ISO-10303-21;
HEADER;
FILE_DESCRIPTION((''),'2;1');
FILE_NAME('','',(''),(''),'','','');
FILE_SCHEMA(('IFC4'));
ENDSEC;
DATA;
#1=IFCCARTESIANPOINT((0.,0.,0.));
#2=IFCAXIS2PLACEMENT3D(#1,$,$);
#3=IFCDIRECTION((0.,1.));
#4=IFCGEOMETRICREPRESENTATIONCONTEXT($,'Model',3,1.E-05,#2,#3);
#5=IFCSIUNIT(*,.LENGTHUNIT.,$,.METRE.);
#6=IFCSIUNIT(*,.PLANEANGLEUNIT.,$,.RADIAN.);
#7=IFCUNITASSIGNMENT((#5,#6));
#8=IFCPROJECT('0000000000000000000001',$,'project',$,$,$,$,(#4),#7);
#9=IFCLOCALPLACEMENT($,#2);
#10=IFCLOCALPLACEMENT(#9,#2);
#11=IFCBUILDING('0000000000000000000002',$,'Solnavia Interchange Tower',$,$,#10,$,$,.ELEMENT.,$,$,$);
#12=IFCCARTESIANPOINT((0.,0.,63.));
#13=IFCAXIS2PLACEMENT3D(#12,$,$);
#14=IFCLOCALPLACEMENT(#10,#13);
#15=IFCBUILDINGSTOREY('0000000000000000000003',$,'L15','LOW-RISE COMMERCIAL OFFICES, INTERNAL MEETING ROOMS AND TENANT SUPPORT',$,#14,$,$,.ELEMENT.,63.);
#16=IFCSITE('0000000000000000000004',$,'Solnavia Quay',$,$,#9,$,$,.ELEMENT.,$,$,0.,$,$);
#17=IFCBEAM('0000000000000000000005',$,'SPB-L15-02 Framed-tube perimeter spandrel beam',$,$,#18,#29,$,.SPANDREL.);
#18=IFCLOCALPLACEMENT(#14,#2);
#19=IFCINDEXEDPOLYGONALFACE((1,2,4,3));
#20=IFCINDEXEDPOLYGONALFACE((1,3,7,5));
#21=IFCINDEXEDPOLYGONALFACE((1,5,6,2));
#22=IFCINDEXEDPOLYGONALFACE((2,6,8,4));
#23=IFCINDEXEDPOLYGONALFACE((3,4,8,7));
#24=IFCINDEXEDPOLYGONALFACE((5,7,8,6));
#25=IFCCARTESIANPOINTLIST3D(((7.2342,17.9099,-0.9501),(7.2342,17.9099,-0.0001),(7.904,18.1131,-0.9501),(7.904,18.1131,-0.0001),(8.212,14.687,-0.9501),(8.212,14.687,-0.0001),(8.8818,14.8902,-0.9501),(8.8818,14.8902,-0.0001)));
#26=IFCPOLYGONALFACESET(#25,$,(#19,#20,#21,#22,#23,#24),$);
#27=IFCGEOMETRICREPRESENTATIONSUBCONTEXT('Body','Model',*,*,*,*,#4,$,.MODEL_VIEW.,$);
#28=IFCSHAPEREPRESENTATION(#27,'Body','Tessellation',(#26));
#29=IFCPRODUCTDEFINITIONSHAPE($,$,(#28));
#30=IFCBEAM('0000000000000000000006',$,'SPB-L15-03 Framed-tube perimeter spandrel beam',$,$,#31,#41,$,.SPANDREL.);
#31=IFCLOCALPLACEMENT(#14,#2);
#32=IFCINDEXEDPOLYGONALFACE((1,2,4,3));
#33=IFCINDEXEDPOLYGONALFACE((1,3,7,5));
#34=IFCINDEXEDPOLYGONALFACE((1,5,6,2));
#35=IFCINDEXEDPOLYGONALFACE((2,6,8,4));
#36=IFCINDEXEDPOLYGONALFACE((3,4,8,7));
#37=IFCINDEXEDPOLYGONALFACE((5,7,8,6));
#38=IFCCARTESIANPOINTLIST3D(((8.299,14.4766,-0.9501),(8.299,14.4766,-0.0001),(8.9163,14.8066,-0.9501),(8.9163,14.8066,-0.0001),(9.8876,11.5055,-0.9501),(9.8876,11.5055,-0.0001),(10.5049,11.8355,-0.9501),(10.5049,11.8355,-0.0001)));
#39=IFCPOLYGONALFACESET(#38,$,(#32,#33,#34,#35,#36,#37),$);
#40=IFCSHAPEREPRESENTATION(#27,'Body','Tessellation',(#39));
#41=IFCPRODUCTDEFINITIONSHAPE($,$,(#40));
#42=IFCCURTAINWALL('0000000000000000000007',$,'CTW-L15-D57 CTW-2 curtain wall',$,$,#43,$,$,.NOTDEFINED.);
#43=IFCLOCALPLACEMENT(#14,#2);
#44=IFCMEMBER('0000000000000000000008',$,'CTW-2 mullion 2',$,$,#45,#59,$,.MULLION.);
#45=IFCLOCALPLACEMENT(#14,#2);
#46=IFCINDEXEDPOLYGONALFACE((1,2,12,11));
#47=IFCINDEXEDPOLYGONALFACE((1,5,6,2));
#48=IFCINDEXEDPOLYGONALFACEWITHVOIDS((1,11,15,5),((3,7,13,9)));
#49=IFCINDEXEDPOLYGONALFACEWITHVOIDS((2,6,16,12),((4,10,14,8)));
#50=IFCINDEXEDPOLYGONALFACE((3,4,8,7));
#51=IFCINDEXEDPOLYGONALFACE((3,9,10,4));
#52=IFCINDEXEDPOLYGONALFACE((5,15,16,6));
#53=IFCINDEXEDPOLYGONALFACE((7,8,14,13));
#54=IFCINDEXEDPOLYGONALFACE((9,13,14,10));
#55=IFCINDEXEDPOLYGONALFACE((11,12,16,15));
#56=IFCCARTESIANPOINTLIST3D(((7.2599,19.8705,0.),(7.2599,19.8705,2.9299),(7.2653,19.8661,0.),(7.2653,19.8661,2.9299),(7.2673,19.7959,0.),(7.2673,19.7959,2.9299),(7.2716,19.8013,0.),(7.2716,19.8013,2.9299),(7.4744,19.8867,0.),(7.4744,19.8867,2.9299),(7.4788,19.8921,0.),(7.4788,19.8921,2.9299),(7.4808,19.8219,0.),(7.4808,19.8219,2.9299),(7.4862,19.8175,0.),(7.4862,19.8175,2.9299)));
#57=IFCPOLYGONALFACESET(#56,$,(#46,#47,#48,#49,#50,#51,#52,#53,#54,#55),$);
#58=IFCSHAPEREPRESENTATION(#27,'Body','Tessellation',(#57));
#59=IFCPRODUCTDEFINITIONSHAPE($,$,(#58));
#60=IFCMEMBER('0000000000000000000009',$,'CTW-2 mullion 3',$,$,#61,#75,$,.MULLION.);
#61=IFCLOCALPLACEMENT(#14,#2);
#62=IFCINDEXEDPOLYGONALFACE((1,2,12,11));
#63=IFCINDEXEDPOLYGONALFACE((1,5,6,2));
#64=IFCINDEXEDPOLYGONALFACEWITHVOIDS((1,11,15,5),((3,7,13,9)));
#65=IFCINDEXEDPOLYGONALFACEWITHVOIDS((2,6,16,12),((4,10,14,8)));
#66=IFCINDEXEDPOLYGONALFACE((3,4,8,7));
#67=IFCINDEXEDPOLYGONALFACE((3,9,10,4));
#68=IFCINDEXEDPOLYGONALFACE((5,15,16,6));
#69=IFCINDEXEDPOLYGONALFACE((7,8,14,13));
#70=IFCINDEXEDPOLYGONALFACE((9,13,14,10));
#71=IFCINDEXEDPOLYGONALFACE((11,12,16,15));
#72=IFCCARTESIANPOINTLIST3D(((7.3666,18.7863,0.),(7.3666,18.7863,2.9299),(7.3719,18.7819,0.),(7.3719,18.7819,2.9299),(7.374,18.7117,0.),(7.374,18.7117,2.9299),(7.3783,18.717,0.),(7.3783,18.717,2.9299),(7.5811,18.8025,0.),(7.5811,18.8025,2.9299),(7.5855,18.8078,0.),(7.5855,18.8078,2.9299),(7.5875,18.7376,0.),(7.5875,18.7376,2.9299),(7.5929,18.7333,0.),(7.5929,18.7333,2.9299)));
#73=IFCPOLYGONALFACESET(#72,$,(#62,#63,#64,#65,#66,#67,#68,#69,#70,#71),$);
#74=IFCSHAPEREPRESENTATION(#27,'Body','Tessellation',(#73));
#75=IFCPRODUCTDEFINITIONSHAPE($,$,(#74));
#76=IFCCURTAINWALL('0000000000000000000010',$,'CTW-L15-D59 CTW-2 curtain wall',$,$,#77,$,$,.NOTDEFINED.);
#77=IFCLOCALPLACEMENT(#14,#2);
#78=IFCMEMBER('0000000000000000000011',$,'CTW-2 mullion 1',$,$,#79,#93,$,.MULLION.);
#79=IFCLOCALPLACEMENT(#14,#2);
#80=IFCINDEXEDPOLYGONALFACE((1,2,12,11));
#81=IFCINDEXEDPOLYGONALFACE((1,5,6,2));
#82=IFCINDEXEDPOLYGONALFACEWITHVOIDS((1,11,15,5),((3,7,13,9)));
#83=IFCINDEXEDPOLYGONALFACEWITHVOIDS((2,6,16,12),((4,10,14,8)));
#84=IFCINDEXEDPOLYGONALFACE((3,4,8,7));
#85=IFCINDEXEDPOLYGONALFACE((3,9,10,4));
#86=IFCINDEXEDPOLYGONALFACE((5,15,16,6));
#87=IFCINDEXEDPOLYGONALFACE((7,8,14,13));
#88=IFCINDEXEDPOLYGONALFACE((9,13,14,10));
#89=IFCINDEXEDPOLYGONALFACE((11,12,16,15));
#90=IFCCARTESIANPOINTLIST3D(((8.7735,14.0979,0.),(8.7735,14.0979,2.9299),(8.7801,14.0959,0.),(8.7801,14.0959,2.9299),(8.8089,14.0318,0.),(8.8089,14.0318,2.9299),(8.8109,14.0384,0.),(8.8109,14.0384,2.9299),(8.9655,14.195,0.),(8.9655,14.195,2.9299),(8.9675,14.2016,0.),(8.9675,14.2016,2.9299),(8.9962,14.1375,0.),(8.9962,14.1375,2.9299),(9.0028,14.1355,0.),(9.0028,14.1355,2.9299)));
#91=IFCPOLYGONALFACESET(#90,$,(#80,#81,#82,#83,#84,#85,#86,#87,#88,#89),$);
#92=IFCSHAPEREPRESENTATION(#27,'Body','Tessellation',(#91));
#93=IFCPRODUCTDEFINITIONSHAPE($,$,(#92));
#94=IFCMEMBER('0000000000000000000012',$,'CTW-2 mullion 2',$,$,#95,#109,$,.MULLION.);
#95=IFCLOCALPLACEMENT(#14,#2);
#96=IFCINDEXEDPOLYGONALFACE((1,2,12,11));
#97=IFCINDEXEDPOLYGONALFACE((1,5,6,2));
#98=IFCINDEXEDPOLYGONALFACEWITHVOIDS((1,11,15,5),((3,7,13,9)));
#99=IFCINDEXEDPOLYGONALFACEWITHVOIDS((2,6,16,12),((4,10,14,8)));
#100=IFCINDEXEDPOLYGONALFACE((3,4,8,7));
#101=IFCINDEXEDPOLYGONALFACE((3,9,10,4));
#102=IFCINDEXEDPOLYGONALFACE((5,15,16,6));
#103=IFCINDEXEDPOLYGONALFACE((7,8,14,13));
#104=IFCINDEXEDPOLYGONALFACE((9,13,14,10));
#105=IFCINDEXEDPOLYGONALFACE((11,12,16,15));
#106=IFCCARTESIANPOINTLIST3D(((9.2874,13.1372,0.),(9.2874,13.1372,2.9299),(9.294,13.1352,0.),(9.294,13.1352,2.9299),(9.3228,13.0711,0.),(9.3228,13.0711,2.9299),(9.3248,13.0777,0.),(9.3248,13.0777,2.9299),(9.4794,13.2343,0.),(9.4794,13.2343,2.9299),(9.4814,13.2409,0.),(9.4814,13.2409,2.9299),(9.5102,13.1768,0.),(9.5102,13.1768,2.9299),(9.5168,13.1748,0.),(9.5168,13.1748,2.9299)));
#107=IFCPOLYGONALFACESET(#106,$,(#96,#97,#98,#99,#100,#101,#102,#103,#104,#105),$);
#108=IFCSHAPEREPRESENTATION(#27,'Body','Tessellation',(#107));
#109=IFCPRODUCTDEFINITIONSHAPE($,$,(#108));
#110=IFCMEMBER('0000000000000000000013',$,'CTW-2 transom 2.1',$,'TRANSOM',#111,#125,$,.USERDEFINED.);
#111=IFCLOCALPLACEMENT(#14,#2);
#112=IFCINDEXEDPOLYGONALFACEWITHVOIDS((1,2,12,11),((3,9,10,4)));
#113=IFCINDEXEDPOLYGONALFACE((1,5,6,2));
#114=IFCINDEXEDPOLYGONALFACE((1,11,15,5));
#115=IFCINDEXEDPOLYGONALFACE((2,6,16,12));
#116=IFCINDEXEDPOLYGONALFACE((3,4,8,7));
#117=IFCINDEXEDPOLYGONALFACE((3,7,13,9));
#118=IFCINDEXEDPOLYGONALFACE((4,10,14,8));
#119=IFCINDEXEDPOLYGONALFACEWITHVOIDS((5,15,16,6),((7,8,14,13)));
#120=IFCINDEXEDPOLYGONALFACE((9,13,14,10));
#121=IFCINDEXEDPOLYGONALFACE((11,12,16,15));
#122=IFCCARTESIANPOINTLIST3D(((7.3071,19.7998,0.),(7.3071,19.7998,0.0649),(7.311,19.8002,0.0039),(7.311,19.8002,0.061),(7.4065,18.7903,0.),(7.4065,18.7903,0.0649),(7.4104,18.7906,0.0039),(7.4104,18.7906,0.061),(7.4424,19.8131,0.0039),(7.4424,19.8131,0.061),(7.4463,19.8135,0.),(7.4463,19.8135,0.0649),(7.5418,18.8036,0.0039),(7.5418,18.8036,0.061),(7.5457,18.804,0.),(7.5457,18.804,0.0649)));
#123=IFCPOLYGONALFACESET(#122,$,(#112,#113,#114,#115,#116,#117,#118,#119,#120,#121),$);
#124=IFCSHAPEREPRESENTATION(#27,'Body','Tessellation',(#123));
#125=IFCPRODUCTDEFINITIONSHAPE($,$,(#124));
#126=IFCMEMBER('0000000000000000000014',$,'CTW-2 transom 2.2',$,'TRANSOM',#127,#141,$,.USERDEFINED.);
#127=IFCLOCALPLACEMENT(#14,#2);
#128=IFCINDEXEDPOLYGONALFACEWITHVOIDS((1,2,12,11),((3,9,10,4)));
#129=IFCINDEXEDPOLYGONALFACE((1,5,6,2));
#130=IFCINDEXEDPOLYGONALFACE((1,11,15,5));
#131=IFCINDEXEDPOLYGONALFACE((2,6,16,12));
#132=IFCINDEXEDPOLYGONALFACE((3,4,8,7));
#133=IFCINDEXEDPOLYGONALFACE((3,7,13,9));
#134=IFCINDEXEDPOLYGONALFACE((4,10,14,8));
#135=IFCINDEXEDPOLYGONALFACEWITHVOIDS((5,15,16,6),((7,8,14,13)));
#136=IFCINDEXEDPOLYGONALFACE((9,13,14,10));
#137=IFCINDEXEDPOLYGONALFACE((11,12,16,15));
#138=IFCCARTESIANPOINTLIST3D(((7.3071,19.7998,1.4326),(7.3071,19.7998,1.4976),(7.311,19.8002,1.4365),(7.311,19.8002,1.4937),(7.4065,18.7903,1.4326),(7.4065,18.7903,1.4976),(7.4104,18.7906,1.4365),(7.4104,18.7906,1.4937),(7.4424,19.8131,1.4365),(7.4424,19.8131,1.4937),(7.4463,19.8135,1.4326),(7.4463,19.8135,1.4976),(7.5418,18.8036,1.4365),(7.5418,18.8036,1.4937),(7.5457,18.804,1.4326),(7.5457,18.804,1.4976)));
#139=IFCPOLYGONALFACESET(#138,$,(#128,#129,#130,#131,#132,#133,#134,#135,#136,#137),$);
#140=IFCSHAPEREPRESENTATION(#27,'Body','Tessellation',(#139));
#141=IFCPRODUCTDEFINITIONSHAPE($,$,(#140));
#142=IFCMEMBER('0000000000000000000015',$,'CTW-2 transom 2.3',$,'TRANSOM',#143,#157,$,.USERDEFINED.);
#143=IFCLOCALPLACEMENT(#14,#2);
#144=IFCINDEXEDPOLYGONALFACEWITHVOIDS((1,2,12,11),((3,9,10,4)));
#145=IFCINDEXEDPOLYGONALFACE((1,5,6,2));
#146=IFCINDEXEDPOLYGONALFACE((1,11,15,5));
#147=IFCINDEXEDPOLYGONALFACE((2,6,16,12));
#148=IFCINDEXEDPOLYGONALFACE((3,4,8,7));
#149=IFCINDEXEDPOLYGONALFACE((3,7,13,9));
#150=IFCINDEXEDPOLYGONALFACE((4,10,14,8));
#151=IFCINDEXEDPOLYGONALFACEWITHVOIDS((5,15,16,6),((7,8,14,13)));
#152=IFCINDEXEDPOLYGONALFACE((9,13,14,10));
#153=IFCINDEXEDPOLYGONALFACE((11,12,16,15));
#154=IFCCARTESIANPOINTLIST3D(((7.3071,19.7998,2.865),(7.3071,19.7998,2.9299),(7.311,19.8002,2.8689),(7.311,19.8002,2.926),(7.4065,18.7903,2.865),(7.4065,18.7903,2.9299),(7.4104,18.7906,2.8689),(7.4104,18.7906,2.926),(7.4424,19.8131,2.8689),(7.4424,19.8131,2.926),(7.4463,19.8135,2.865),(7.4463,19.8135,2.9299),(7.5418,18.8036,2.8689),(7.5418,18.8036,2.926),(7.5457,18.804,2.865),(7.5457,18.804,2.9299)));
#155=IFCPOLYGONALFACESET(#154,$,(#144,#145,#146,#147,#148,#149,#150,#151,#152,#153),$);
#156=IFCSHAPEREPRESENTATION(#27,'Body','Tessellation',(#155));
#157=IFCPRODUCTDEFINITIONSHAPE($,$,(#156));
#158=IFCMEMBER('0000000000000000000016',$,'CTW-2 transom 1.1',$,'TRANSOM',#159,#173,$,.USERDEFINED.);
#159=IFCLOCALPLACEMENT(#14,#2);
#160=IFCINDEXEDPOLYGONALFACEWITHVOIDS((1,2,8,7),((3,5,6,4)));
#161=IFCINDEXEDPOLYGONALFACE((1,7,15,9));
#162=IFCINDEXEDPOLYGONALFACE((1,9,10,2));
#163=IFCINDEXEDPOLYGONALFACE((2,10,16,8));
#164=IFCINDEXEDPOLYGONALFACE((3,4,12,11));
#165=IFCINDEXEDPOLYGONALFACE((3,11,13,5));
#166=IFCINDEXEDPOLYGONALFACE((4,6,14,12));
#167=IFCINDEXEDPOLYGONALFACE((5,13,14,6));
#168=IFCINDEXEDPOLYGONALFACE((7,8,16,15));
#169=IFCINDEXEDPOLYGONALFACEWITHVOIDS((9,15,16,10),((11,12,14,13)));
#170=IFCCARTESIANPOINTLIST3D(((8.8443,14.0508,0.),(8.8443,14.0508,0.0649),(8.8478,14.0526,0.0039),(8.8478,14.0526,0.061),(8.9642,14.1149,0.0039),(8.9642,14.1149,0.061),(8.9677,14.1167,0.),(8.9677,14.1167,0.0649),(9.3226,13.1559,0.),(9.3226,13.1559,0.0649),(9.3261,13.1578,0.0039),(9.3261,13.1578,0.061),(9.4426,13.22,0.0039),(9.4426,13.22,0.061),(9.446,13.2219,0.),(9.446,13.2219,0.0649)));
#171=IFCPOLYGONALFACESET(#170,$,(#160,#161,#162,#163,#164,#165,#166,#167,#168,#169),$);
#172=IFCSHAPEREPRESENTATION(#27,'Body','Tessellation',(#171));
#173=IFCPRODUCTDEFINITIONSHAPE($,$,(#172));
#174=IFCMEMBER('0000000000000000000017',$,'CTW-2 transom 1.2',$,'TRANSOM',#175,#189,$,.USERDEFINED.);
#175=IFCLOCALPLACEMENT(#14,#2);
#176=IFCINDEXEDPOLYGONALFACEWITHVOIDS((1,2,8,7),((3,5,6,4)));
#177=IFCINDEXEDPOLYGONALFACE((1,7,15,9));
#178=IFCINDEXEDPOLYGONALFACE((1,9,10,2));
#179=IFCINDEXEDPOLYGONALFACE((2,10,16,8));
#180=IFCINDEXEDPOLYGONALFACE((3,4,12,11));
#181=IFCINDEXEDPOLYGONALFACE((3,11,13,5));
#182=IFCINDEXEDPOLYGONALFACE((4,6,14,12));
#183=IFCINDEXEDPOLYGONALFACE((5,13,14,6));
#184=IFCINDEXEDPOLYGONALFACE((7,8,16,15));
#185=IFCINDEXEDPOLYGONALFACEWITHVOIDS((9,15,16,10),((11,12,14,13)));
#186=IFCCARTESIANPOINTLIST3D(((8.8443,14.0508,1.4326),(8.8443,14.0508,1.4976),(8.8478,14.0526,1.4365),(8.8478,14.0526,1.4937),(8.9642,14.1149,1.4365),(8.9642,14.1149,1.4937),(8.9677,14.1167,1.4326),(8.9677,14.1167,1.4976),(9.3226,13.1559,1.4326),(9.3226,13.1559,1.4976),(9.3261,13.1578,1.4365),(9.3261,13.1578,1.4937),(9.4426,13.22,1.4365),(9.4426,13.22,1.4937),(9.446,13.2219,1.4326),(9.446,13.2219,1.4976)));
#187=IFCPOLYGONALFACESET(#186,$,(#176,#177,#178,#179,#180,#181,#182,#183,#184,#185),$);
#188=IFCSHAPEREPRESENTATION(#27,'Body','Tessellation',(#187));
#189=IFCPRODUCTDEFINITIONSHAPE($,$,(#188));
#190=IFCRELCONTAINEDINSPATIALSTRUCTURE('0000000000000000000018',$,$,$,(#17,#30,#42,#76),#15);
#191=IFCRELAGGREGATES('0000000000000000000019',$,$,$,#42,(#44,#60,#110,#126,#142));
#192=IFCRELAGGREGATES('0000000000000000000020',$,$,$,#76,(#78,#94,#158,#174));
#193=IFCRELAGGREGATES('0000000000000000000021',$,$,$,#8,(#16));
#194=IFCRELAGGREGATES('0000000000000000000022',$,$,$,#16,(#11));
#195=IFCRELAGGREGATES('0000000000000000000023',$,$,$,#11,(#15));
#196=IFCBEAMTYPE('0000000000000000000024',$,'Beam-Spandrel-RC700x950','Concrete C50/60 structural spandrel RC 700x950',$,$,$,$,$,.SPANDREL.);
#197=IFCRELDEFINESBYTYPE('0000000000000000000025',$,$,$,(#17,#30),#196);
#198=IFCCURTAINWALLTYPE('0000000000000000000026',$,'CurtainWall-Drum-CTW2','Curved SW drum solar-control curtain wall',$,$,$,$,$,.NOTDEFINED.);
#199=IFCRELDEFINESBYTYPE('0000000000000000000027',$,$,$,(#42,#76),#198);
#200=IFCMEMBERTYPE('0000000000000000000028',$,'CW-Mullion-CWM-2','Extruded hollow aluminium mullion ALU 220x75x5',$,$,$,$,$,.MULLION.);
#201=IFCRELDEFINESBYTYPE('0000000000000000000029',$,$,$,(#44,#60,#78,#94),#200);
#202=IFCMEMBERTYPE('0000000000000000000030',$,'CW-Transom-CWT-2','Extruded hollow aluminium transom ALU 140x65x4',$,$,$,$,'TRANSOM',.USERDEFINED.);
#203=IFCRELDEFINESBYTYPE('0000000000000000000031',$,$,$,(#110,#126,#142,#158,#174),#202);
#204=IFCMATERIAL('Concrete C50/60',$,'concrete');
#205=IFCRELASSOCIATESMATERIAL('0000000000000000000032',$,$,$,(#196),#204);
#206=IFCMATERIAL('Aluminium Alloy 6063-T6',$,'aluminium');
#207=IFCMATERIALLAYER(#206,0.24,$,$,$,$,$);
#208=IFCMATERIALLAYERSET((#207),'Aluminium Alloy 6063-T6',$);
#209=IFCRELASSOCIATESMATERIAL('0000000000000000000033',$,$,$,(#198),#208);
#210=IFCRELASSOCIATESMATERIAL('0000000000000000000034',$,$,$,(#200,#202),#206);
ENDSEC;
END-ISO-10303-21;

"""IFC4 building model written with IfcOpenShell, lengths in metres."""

from ifc_helpers import new_model, si_unit, direction, frame, origin, origin_2d, place, context, subcontext, project, spatial, rectangle, hollow_rectangle, extrude, material, layer, layer_set, material_profile, profile_set, type_object, element, aggregate, save


model = new_model("IFC4")

# Units and contexts
model_context = context("Model", 3, precision=1e-05, world=origin(), true_north=direction((0.0, 1.0)))
body_context = subcontext(model_context, "Body", "Model", "MODEL_VIEW")
ifc_project = project(units=[si_unit("LENGTHUNIT", "METRE"), si_unit("PLANEANGLEUNIT", "RADIAN")], contexts=[model_context])

# Site, building, storey
site_placement = place(None, origin())
site = spatial("IfcSite", under=ifc_project, at=site_placement, Name="Solnavia Quay", CompositionType="ELEMENT", RefElevation=0.0)
building_placement = place(site_placement, origin())
building = spatial("IfcBuilding", under=site, at=building_placement, Name="Solnavia Interchange Tower", CompositionType="ELEMENT")
storey_placement = place(building_placement, frame((0.0, 0.0, 63.0)))
storey = spatial("IfcBuildingStorey", under=building, at=storey_placement, Name="L15", Description="LOW-RISE COMMERCIAL OFFICES, INTERNAL MEETING ROOMS AND TENANT SUPPORT", CompositionType="ELEMENT", Elevation=63.0)

# Beams
ifc_material_1 = material(Name="Concrete C50/60", Category="concrete")
ifc_material_profile_1 = material_profile(ifc_material_1, rectangle(XDim=0.7, YDim=0.95, at=origin_2d()), Name="RC 700x950")
ifc_profile_set_1 = profile_set([ifc_material_profile_1], Name="Concrete C50/60")
beam_type_1 = type_object("IfcBeamType", Name="Beam-Spandrel-RC700x950", Description="Concrete C50/60 structural spandrel RC 700x950", PredefinedType="SPANDREL", material=ifc_profile_set_1)
beam_1_placement = place(storey_placement, frame((7.5691, 18.0115, -0.4751), z_axis=(0.290319, -0.95693, 0.0), x_axis=(0.95693, 0.290319, 0.0)))
element("IfcBeam", 1, at=beam_1_placement, inside=storey, type_object=beam_type_1, Name="SPB-L15-02 Framed-tube perimeter spandrel beam", PredefinedType="SPANDREL", context=body_context, shape_type="SweptSolid", body=[
    extrude(rectangle(XDim=0.7, YDim=0.95, at=origin_2d()), origin(), (0.0, 0.0, 1.0), 3.3679),
])
beam_2_placement = place(storey_placement, frame((8.6077, 14.6416, -0.4751), z_axis=(0.471509, -0.881861, 0.0), x_axis=(0.881861, 0.471509, 0.0)))
element("IfcBeam", 2, at=beam_2_placement, inside=storey, type_object=beam_type_1, Name="SPB-L15-03 Framed-tube perimeter spandrel beam", PredefinedType="SPANDREL", context=body_context, shape_type="SweptSolid", body=[
    extrude(rectangle(XDim=0.7, YDim=0.95, at=origin_2d()), origin(), (0.0, 0.0, 1.0), 3.3691),
])

# Curtain walls, members
ifc_material_2 = material(Name="Aluminium Alloy 6063-T6", Category="aluminium")
ifc_layer_1 = layer(ifc_material_2, 0.24)
ifc_layer_set_1 = layer_set([ifc_layer_1], Name="Aluminium Alloy 6063-T6")
curtain_wall_type = type_object("IfcCurtainWallType", Name="CurtainWall-Drum-CTW2", Description="Curved SW drum solar-control curtain wall", PredefinedType="NOTDEFINED", material=ifc_layer_set_1)
curtain_wall_1_placement = place(storey_placement, origin())
curtain_wall_1 = element("IfcCurtainWall", 3, at=curtain_wall_1_placement, inside=storey, type_object=curtain_wall_type, Name="CTW-L15-D57 CTW-2 curtain wall", PredefinedType="NOTDEFINED")
ifc_material_profile_2 = material_profile(ifc_material_2, hollow_rectangle(XDim=0.075, YDim=0.22, WallThickness=0.0049, at=origin_2d()), Name="ALU 220x75x5")
ifc_profile_set_2 = profile_set([ifc_material_profile_2], Name="Aluminium Alloy 6063-T6")
member_type_1 = type_object("IfcMemberType", Name="CW-Mullion-CWM-2", Description="Extruded hollow aluminium mullion ALU 220x75x5", PredefinedType="MULLION", material=ifc_profile_set_2)
member_1_placement = place(storey_placement, frame((7.373, 19.844, 0.0), z_axis=(0.0, 0.0, 1.0), x_axis=(0.098045, -0.995182, 0.0)))
member_1 = element("IfcMember", 4, at=member_1_placement, type_object=member_type_1, Name="CTW-2 mullion 2", PredefinedType="MULLION", context=body_context, shape_type="SweptSolid", body=[
    extrude(hollow_rectangle(XDim=0.075, YDim=0.22, WallThickness=0.0049, at=origin_2d()), origin(), (0.0, 0.0, 1.0), 2.9299),
])
member_2_placement = place(storey_placement, frame((7.4797, 18.7598, 0.0), z_axis=(0.0, 0.0, 1.0), x_axis=(0.098045, -0.995182, 0.0)))
member_2 = element("IfcMember", 5, at=member_2_placement, type_object=member_type_1, Name="CTW-2 mullion 3", PredefinedType="MULLION", context=body_context, shape_type="SweptSolid", body=[
    extrude(hollow_rectangle(XDim=0.075, YDim=0.22, WallThickness=0.0049, at=origin_2d()), origin(), (0.0, 0.0, 1.0), 2.9299),
])
curtain_wall_2_placement = place(storey_placement, origin())
curtain_wall_2 = element("IfcCurtainWall", 6, at=curtain_wall_2_placement, inside=storey, type_object=curtain_wall_type, Name="CTW-L15-D59 CTW-2 curtain wall", PredefinedType="NOTDEFINED")
member_3_placement = place(storey_placement, frame((8.8882, 14.1167, 0.0), z_axis=(0.0, 0.0, 1.0), x_axis=(0.471537, -0.881846, 0.0)))
member_3 = element("IfcMember", 7, at=member_3_placement, type_object=member_type_1, Name="CTW-2 mullion 1", PredefinedType="MULLION", context=body_context, shape_type="SweptSolid", body=[
    extrude(hollow_rectangle(XDim=0.075, YDim=0.22, WallThickness=0.0049, at=origin_2d()), origin(), (0.0, 0.0, 1.0), 2.9299),
])
member_4_placement = place(storey_placement, frame((9.4021, 13.156, 0.0), z_axis=(0.0, 0.0, 1.0), x_axis=(0.471537, -0.881846, 0.0)))
member_4 = element("IfcMember", 8, at=member_4_placement, type_object=member_type_1, Name="CTW-2 mullion 2", PredefinedType="MULLION", context=body_context, shape_type="SweptSolid", body=[
    extrude(hollow_rectangle(XDim=0.075, YDim=0.22, WallThickness=0.0049, at=origin_2d()), origin(), (0.0, 0.0, 1.0), 2.9299),
])

# Members
ifc_material_profile_3 = material_profile(ifc_material_2, hollow_rectangle(XDim=0.0649, YDim=0.1399, WallThickness=0.0039, at=origin_2d()), Name="ALU 140x65x4")
ifc_profile_set_3 = profile_set([ifc_material_profile_3], Name="Aluminium Alloy 6063-T6")
member_type_2 = type_object("IfcMemberType", Name="CW-Transom-CWT-2", Description="Extruded hollow aluminium transom ALU 140x65x4", ElementType="TRANSOM", PredefinedType="USERDEFINED", material=ifc_profile_set_3)
member_5_placement = place(storey_placement, frame((7.3767, 19.8066, 0.0325), z_axis=(0.097955, -0.995191, 0.0), x_axis=(0.0, 0.0, 1.0)))
member_5 = element("IfcMember", 9, at=member_5_placement, type_object=member_type_2, Name="CTW-2 transom 2.1", ObjectType="TRANSOM", PredefinedType="USERDEFINED", context=body_context, shape_type="SweptSolid", body=[
    extrude(hollow_rectangle(XDim=0.0649, YDim=0.1399, WallThickness=0.0039, at=origin_2d()), origin(), (0.0, 0.0, 1.0), 1.0144),
])
member_6_placement = place(storey_placement, frame((7.3767, 19.8066, 1.4651), z_axis=(0.097955, -0.995191, 0.0), x_axis=(0.0, 0.0, 1.0)))
member_6 = element("IfcMember", 10, at=member_6_placement, type_object=member_type_2, Name="CTW-2 transom 2.2", ObjectType="TRANSOM", PredefinedType="USERDEFINED", context=body_context, shape_type="SweptSolid", body=[
    extrude(hollow_rectangle(XDim=0.0649, YDim=0.1399, WallThickness=0.0039, at=origin_2d()), origin(), (0.0, 0.0, 1.0), 1.0144),
])
member_7_placement = place(storey_placement, frame((7.3767, 19.8066, 2.8975), z_axis=(0.097955, -0.995191, 0.0), x_axis=(0.0, 0.0, 1.0)))
member_7 = element("IfcMember", 11, at=member_7_placement, type_object=member_type_2, Name="CTW-2 transom 2.3", ObjectType="TRANSOM", PredefinedType="USERDEFINED", context=body_context, shape_type="SweptSolid", body=[
    extrude(hollow_rectangle(XDim=0.0649, YDim=0.1399, WallThickness=0.0039, at=origin_2d()), origin(), (0.0, 0.0, 1.0), 1.0144),
])
member_8_placement = place(storey_placement, frame((8.906, 14.0837, 0.0325), z_axis=(0.4714, -0.88192, 0.0), x_axis=(0.0, 0.0, 1.0)))
member_8 = element("IfcMember", 12, at=member_8_placement, type_object=member_type_2, Name="CTW-2 transom 1.1", ObjectType="TRANSOM", PredefinedType="USERDEFINED", context=body_context, shape_type="SweptSolid", body=[
    extrude(hollow_rectangle(XDim=0.0649, YDim=0.1399, WallThickness=0.0039, at=origin_2d()), origin(), (0.0, 0.0, 1.0), 1.0146),
])
member_9_placement = place(storey_placement, frame((8.906, 14.0837, 1.4651), z_axis=(0.4714, -0.88192, 0.0), x_axis=(0.0, 0.0, 1.0)))
member_9 = element("IfcMember", 13, at=member_9_placement, type_object=member_type_2, Name="CTW-2 transom 1.2", ObjectType="TRANSOM", PredefinedType="USERDEFINED", context=body_context, shape_type="SweptSolid", body=[
    extrude(hollow_rectangle(XDim=0.0649, YDim=0.1399, WallThickness=0.0039, at=origin_2d()), origin(), (0.0, 0.0, 1.0), 1.0146),
])

aggregate(curtain_wall_1, [member_1, member_2, member_5, member_6, member_7])
aggregate(curtain_wall_2, [member_3, member_4, member_8, member_9])

save(model, "model.ifc")
